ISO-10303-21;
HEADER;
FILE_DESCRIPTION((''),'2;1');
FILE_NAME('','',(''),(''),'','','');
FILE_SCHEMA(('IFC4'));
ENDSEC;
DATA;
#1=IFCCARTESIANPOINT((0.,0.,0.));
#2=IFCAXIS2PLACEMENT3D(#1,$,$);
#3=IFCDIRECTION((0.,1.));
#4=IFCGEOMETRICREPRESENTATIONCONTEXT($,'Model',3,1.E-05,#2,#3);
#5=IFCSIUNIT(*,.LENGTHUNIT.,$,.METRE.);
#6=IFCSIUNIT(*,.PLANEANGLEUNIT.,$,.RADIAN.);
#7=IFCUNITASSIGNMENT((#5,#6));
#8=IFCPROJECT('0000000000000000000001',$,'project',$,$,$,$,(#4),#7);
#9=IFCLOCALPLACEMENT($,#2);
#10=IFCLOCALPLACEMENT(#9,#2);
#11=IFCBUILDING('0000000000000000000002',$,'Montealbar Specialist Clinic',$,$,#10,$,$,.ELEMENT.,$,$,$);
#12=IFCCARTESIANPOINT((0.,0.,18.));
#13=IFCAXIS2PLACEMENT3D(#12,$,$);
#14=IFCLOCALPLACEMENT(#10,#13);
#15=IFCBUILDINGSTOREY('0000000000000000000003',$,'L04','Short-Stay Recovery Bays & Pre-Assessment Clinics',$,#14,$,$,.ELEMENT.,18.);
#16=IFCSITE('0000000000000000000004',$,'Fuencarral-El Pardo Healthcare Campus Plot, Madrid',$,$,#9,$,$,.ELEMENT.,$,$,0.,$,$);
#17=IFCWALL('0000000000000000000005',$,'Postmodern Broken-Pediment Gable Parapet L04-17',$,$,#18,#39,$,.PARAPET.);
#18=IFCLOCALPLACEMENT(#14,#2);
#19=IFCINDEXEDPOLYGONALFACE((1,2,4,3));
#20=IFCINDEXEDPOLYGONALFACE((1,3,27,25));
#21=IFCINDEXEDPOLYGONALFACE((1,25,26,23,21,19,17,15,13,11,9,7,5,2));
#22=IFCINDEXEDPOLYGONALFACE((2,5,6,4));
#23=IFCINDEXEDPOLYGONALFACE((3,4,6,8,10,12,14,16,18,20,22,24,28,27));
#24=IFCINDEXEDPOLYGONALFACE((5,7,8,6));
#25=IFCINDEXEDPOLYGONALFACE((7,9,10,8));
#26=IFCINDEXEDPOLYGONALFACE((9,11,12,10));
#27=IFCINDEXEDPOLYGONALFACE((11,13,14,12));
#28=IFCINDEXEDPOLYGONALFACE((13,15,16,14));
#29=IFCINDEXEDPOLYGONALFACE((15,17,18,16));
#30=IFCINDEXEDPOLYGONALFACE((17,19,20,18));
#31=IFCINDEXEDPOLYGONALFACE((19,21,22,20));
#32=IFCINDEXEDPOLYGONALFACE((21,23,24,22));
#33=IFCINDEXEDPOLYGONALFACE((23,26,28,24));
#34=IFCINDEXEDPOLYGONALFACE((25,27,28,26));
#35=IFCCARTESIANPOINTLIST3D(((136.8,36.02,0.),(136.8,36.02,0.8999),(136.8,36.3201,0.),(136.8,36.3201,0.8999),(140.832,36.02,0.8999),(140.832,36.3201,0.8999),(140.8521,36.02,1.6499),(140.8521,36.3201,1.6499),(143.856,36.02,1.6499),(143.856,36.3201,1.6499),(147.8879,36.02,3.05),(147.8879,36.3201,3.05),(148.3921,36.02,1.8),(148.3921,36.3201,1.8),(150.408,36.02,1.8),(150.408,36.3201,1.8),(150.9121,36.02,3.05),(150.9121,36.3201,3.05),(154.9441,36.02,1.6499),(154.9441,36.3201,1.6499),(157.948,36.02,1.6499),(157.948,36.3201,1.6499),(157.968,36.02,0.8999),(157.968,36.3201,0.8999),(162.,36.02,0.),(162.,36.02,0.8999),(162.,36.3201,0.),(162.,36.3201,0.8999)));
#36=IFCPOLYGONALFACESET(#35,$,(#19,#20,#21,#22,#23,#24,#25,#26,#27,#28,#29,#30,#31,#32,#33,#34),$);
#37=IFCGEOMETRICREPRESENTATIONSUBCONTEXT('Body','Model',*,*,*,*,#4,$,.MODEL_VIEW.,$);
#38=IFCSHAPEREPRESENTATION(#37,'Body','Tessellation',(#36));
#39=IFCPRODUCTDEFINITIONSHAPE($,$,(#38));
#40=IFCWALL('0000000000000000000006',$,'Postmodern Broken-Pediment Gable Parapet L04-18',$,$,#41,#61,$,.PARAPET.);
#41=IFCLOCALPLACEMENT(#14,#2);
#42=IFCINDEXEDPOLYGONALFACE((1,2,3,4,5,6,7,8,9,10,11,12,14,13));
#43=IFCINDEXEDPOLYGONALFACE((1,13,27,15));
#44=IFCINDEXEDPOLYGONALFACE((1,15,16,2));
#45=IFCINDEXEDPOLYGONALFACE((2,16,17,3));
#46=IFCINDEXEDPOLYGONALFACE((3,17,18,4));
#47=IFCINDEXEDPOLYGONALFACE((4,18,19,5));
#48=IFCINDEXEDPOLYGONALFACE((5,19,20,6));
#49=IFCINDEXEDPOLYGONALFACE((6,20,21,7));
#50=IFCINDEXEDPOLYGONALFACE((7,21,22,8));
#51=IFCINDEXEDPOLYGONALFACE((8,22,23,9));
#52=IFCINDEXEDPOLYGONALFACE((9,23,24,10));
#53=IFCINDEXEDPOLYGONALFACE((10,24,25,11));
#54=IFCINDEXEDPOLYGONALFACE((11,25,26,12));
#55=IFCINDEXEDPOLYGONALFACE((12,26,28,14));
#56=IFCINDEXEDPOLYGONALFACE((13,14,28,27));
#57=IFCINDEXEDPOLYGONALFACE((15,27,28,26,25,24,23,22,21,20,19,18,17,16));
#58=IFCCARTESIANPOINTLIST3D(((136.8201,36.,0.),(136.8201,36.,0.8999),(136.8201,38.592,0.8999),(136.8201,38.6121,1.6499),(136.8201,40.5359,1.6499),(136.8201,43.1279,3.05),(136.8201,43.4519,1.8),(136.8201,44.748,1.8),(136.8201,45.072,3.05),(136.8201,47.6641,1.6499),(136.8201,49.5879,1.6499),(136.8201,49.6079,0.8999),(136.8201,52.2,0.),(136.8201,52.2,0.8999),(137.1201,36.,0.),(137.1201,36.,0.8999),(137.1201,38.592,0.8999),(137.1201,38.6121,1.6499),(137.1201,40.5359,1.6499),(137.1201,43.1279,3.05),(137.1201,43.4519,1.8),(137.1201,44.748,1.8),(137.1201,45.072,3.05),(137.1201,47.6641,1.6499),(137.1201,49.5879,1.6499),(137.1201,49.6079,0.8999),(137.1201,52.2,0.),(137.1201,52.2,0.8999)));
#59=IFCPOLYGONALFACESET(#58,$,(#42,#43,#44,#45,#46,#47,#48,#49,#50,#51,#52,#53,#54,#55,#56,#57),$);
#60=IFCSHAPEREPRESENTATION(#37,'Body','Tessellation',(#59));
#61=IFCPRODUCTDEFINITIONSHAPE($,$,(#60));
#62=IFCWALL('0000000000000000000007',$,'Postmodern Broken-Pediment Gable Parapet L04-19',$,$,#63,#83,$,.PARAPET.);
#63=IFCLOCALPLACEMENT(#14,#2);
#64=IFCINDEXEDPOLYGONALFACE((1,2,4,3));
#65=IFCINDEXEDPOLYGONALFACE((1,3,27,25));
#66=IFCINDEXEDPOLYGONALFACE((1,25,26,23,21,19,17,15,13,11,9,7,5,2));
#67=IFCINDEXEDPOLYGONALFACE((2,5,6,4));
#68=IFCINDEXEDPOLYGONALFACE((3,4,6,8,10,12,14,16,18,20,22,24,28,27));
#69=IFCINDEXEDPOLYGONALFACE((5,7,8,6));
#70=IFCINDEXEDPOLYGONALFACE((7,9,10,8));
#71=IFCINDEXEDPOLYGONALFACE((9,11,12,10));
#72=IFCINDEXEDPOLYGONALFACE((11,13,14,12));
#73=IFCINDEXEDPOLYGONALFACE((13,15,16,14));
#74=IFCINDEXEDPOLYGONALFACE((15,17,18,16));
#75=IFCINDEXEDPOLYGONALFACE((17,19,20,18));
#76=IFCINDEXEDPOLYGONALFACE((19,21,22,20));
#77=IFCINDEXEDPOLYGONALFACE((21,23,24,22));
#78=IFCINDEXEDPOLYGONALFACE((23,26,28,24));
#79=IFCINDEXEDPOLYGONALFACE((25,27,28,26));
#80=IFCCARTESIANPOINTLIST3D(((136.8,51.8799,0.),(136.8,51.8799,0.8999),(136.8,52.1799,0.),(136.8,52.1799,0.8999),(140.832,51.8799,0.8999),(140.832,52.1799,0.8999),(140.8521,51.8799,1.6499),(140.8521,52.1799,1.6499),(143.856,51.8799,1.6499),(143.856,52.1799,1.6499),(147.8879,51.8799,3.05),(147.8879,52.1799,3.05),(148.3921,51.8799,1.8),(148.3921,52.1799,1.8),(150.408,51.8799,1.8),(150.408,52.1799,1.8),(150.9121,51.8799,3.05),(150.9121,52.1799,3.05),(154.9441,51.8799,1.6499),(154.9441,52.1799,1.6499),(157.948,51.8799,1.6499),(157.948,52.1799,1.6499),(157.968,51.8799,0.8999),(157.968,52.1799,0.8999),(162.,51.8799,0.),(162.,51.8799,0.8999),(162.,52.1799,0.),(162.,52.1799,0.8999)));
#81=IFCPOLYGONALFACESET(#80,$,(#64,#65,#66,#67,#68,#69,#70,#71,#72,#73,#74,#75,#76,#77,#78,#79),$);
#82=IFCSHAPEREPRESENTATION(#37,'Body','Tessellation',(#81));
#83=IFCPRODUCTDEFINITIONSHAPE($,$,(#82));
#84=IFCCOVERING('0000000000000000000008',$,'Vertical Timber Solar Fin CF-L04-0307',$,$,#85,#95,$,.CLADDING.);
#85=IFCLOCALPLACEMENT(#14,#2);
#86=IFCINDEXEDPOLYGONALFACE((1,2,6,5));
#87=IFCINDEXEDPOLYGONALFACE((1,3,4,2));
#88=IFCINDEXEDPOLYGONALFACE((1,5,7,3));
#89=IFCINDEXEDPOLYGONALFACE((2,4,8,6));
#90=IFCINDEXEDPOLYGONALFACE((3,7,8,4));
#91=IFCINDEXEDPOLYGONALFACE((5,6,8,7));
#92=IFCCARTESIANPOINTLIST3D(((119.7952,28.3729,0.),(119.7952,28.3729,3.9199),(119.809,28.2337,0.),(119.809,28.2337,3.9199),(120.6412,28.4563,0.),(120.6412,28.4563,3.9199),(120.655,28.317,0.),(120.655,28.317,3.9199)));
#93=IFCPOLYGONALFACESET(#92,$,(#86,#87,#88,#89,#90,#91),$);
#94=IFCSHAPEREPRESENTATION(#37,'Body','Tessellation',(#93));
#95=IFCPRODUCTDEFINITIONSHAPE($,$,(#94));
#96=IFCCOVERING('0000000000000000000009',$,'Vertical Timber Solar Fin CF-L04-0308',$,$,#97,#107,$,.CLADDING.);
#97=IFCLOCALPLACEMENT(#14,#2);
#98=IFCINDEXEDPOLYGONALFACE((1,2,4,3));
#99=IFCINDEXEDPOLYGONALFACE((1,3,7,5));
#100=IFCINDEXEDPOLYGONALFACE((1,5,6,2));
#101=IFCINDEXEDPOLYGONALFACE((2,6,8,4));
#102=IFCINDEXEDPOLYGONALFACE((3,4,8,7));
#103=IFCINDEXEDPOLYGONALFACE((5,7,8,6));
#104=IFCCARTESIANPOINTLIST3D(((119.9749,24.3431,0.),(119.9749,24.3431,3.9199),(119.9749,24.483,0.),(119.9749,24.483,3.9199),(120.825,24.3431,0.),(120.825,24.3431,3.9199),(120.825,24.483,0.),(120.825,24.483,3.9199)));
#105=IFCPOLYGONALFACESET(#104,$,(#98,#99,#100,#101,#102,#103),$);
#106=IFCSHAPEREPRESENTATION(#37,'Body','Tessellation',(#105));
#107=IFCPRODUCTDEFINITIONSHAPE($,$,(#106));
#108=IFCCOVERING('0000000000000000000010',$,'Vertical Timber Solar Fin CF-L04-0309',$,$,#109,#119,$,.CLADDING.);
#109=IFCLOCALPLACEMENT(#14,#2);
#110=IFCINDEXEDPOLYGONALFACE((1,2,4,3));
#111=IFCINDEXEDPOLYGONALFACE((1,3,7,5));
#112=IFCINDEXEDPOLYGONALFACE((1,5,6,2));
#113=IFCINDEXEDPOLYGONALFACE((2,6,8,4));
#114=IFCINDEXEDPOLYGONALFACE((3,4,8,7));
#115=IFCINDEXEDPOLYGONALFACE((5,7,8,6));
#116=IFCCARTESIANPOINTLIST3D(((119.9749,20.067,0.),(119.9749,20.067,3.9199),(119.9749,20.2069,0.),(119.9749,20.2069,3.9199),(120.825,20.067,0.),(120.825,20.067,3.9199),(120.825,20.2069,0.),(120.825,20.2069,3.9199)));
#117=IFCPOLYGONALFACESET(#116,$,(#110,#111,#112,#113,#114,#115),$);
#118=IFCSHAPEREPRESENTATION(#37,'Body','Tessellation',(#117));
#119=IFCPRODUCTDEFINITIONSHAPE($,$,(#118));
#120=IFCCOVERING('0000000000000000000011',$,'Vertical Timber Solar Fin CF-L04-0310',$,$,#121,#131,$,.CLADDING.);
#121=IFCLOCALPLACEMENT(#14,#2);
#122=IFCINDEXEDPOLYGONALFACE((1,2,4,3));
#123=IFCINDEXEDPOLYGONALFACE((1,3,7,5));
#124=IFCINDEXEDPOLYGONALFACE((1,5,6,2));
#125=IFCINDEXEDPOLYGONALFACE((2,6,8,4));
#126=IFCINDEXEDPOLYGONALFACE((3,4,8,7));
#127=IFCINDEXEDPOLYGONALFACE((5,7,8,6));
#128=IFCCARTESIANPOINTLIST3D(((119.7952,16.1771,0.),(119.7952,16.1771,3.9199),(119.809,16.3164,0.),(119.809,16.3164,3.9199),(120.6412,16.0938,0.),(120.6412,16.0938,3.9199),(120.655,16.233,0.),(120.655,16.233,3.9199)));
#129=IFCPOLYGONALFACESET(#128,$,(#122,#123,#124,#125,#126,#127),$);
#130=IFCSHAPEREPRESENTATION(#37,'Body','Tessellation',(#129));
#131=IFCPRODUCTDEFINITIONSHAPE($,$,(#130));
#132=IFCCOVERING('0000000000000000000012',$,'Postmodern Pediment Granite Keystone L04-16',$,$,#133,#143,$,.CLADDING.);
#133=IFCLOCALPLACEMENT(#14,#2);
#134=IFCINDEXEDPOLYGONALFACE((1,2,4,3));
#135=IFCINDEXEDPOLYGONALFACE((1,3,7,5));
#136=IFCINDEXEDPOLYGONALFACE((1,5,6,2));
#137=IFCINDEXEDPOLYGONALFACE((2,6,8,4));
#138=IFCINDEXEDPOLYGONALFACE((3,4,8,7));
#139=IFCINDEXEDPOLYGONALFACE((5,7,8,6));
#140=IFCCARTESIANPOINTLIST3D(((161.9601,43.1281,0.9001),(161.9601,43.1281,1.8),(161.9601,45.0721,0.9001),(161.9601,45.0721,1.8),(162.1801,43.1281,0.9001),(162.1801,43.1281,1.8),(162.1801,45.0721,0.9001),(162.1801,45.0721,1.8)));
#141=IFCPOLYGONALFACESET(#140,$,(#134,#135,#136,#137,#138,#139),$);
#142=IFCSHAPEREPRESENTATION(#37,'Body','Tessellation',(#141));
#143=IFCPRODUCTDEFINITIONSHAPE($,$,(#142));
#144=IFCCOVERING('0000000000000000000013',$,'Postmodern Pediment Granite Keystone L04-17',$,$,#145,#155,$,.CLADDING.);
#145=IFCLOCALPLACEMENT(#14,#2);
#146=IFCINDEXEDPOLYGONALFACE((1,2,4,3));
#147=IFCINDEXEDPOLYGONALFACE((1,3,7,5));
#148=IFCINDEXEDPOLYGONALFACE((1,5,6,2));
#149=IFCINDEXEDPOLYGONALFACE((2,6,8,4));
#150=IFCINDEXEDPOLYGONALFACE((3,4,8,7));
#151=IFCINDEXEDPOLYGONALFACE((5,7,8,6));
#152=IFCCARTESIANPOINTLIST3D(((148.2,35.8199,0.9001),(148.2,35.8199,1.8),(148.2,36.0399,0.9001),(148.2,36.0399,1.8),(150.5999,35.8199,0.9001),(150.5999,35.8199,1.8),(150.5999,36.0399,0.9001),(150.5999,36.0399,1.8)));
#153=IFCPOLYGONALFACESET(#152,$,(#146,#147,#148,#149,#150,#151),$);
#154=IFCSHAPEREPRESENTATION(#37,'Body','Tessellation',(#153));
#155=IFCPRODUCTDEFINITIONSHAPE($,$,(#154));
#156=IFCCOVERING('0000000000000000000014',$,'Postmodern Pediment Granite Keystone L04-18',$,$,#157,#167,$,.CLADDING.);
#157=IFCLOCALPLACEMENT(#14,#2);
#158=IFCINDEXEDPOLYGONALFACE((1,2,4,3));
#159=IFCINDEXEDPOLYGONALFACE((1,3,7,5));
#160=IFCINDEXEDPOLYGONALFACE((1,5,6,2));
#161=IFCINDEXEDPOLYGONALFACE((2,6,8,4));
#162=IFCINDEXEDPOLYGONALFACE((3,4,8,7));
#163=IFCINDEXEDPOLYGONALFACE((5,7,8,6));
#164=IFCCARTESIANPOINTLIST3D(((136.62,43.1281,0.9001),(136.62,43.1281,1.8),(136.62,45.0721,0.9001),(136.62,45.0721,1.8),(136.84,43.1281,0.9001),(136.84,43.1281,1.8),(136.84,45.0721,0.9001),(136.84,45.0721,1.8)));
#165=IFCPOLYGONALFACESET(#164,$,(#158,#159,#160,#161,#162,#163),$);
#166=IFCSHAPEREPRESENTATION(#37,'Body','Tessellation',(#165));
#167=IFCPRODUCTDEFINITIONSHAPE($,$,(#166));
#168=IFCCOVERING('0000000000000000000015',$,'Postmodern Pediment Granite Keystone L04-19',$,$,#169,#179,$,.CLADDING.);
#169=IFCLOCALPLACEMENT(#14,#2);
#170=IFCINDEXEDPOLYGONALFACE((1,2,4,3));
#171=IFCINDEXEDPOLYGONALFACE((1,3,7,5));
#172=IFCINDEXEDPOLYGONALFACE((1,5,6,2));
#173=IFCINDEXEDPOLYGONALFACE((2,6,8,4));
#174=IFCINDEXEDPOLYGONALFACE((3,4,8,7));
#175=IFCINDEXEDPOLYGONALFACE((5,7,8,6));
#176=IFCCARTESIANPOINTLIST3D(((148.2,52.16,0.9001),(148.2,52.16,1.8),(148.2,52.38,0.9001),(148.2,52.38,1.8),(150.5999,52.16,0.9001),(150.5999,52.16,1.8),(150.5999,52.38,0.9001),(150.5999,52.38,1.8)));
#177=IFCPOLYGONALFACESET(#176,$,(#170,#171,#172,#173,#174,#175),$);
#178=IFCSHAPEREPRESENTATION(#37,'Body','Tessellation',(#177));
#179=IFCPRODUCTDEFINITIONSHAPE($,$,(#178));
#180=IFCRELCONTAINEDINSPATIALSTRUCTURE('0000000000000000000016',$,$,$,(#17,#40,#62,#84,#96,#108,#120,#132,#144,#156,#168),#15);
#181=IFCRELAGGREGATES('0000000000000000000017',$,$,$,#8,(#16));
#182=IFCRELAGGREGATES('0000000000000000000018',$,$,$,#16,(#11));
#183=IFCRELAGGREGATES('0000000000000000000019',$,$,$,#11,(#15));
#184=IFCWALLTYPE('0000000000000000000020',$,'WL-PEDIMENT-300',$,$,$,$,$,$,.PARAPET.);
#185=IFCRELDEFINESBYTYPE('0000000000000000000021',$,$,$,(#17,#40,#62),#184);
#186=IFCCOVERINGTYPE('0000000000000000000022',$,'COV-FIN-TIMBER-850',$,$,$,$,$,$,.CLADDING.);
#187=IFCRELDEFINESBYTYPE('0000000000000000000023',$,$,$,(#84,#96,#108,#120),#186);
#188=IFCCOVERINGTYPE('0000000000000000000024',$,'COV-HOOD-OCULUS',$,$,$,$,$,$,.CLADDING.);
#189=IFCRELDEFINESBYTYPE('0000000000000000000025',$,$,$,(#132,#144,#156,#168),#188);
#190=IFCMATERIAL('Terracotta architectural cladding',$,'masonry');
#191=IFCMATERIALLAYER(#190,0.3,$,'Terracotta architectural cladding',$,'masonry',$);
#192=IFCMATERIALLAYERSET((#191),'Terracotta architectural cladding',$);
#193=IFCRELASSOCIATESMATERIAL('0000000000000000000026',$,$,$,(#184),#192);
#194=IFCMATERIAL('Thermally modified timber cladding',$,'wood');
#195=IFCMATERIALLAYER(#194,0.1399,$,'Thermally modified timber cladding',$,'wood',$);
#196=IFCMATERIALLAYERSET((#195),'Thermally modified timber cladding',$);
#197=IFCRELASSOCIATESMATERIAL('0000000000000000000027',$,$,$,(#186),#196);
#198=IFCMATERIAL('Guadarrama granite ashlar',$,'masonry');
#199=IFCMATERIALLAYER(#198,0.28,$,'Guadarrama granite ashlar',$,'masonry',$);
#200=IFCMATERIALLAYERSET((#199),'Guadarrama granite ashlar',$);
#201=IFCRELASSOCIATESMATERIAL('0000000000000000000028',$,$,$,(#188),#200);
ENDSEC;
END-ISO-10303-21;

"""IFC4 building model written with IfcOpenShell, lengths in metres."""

from ifc_helpers import new_model, si_unit, direction, frame, origin, origin_2d, place, context, subcontext, project, spatial, polyline, rectangle, outline, extrude, material, layer, layer_set, type_object, element, save


model = new_model("IFC4")

# Units and contexts
model_context = context("Model", 3, precision=1e-05, world=origin(), true_north=direction((0.0, 1.0)))
body_context = subcontext(model_context, "Body", "Model", "MODEL_VIEW")
ifc_project = project(units=[si_unit("LENGTHUNIT", "METRE"), si_unit("PLANEANGLEUNIT", "RADIAN")], contexts=[model_context])

# Site, building, storey
site_placement = place(None, origin())
site = spatial("IfcSite", under=ifc_project, at=site_placement, Name="Fuencarral-El Pardo Healthcare Campus Plot, Madrid", CompositionType="ELEMENT", RefElevation=0.0)
building_placement = place(site_placement, origin())
building = spatial("IfcBuilding", under=site, at=building_placement, Name="Montealbar Specialist Clinic", CompositionType="ELEMENT")
storey_placement = place(building_placement, frame((0.0, 0.0, 18.0)))
storey = spatial("IfcBuildingStorey", under=building, at=storey_placement, Name="L04", Description="Short-Stay Recovery Bays & Pre-Assessment Clinics", CompositionType="ELEMENT", Elevation=18.0)

# Walls
ifc_material_1 = material(Name="Terracotta architectural cladding", Category="masonry")
ifc_layer_1 = layer(ifc_material_1, 0.3, Name="Terracotta architectural cladding", Category="masonry")
ifc_layer_set_1 = layer_set([ifc_layer_1], Name="Terracotta architectural cladding")
wall_type = type_object("IfcWallType", Name="WL-PEDIMENT-300", PredefinedType="PARAPET", material=ifc_layer_set_1)
wall_1_placement = place(storey_placement, frame((162.0, 36.1699, 0.0), z_axis=(0.0, 0.0, 1.0), x_axis=(-1.0, 0.0, 0.0)))
element("IfcWall", 1, at=wall_1_placement, inside=storey, type_object=wall_type, Name="Postmodern Broken-Pediment Gable Parapet L04-17", PredefinedType="PARAPET", context=body_context, shape_type="SweptSolid", body=[
    extrude(outline(polyline([(0.0, 0.0), (25.2, 0.0), (25.2, 0.8999), (21.168, 0.8999), (21.1479, 1.6499), (18.144, 1.6499), (14.1121, 3.05), (13.6079, 1.8), (11.592, 1.8), (11.0879, 3.05), (7.0559, 1.6499), (4.052, 1.6499), (4.032, 0.8999), (0.0, 0.8999), (0.0, 0.0)])), frame((0.0, 0.1499, 0.0), z_axis=(0.0, -1.0, 0.0), x_axis=(1.0, 0.0, 0.0)), (0.0, 0.0, 1.0), 0.3),
])
wall_2_placement = place(storey_placement, frame((136.97, 36.0, 0.0), z_axis=(0.0, 0.0, 1.0), x_axis=(0.0, 1.0, 0.0)))
element("IfcWall", 2, at=wall_2_placement, inside=storey, type_object=wall_type, Name="Postmodern Broken-Pediment Gable Parapet L04-18", PredefinedType="PARAPET", context=body_context, shape_type="SweptSolid", body=[
    extrude(outline(polyline([(0.0, 0.0), (16.2, 0.0), (16.2, 0.8999), (13.6079, 0.8999), (13.5879, 1.6499), (11.6641, 1.6499), (9.072, 3.05), (8.748, 1.8), (7.4519, 1.8), (7.1279, 3.05), (4.5359, 1.6499), (2.6121, 1.6499), (2.592, 0.8999), (0.0, 0.8999), (0.0, 0.0)])), frame((0.0, 0.1499, 0.0), z_axis=(0.0, -1.0, 0.0), x_axis=(1.0, 0.0, 0.0)), (0.0, 0.0, 1.0), 0.3),
])
wall_3_placement = place(storey_placement, frame((136.8, 52.03, 0.0), z_axis=(0.0, 0.0, 1.0), x_axis=(1.0, 0.0, 0.0)))
element("IfcWall", 3, at=wall_3_placement, inside=storey, type_object=wall_type, Name="Postmodern Broken-Pediment Gable Parapet L04-19", PredefinedType="PARAPET", context=body_context, shape_type="SweptSolid", body=[
    extrude(outline(polyline([(0.0, 0.0), (25.2, 0.0), (25.2, 0.8999), (21.168, 0.8999), (21.1479, 1.6499), (18.144, 1.6499), (14.1121, 3.05), (13.6079, 1.8), (11.592, 1.8), (11.0879, 3.05), (7.0559, 1.6499), (4.052, 1.6499), (4.032, 0.8999), (0.0, 0.8999), (0.0, 0.0)])), frame((0.0, 0.1499, 0.0), z_axis=(0.0, -1.0, 0.0), x_axis=(1.0, 0.0, 0.0)), (0.0, 0.0, 1.0), 0.3),
])

# Coverings
ifc_material_2 = material(Name="Thermally modified timber cladding", Category="wood")
ifc_layer_2 = layer(ifc_material_2, 0.1399, Name="Thermally modified timber cladding", Category="wood")
ifc_layer_set_2 = layer_set([ifc_layer_2], Name="Thermally modified timber cladding")
covering_type_1 = type_object("IfcCoveringType", Name="COV-FIN-TIMBER-850", PredefinedType="CLADDING", material=ifc_layer_set_2)
for number, where, z_axis, x_axis, name in (
    (4, (120.2251, 28.345, 0.0), (0.0, 0.0, 1.0), (0.995182, 0.098045, 0.0), "Vertical Timber Solar Fin CF-L04-0307"),
    (5, (120.3999, 24.4131, 0.0), (0.0, 0.0, 1.0), (1.0, 0.0, 0.0), "Vertical Timber Solar Fin CF-L04-0308"),
    (6, (120.3999, 20.137, 0.0), (0.0, 0.0, 1.0), (1.0, 0.0, 0.0), "Vertical Timber Solar Fin CF-L04-0309"),
    (7, (120.2251, 16.2051, 0.0), (0.0, 0.0, 1.0), (0.995182, -0.098045, 0.0), "Vertical Timber Solar Fin CF-L04-0310"),
):
    element("IfcCovering", number, at=place(storey_placement, frame(where, z_axis=z_axis, x_axis=x_axis)), inside=storey, type_object=covering_type_1, Name=name, PredefinedType="CLADDING", context=body_context, shape_type="SweptSolid", body=[
        extrude(rectangle(XDim=0.8501, YDim=0.1399, at=origin_2d()), origin(), (0.0, 0.0, 1.0), 3.9199),
    ])
ifc_material_3 = material(Name="Guadarrama granite ashlar", Category="masonry")
ifc_layer_3 = layer(ifc_material_3, 0.28, Name="Guadarrama granite ashlar", Category="masonry")
ifc_layer_set_3 = layer_set([ifc_layer_3], Name="Guadarrama granite ashlar")
covering_type_2 = type_object("IfcCoveringType", Name="COV-HOOD-OCULUS", PredefinedType="CLADDING", material=ifc_layer_set_3)
covering_1_placement = place(storey_placement, frame((162.0701, 44.1001, 0.9001), z_axis=(0.0, 0.0, 1.0), x_axis=(0.0, -1.0, 0.0)))
element("IfcCovering", 8, at=covering_1_placement, inside=storey, type_object=covering_type_2, Name="Postmodern Pediment Granite Keystone L04-16", PredefinedType="CLADDING", context=body_context, shape_type="SweptSolid", body=[
    extrude(rectangle(XDim=1.9441, YDim=0.22, at=origin_2d()), origin(), (0.0, 0.0, 1.0), 0.8999),
])
covering_2_placement = place(storey_placement, frame((149.3999, 35.9299, 0.9001), z_axis=(0.0, 0.0, 1.0), x_axis=(-1.0, 0.0, 0.0)))
element("IfcCovering", 9, at=covering_2_placement, inside=storey, type_object=covering_type_2, Name="Postmodern Pediment Granite Keystone L04-17", PredefinedType="CLADDING", context=body_context, shape_type="SweptSolid", body=[
    extrude(rectangle(XDim=2.3999, YDim=0.22, at=origin_2d()), origin(), (0.0, 0.0, 1.0), 0.8999),
])
covering_3_placement = place(storey_placement, frame((136.73, 44.1001, 0.9001), z_axis=(0.0, 0.0, 1.0), x_axis=(0.0, 1.0, 0.0)))
element("IfcCovering", 10, at=covering_3_placement, inside=storey, type_object=covering_type_2, Name="Postmodern Pediment Granite Keystone L04-18", PredefinedType="CLADDING", context=body_context, shape_type="SweptSolid", body=[
    extrude(rectangle(XDim=1.9441, YDim=0.22, at=origin_2d()), origin(), (0.0, 0.0, 1.0), 0.8999),
])
covering_4_placement = place(storey_placement, frame((149.3999, 52.27, 0.9001), z_axis=(0.0, 0.0, 1.0), x_axis=(1.0, 0.0, 0.0)))
element("IfcCovering", 11, at=covering_4_placement, inside=storey, type_object=covering_type_2, Name="Postmodern Pediment Granite Keystone L04-19", PredefinedType="CLADDING", context=body_context, shape_type="SweptSolid", body=[
    extrude(rectangle(XDim=2.3999, YDim=0.22, at=origin_2d()), origin(), (0.0, 0.0, 1.0), 0.8999),
])

save(model, "model.ifc")
